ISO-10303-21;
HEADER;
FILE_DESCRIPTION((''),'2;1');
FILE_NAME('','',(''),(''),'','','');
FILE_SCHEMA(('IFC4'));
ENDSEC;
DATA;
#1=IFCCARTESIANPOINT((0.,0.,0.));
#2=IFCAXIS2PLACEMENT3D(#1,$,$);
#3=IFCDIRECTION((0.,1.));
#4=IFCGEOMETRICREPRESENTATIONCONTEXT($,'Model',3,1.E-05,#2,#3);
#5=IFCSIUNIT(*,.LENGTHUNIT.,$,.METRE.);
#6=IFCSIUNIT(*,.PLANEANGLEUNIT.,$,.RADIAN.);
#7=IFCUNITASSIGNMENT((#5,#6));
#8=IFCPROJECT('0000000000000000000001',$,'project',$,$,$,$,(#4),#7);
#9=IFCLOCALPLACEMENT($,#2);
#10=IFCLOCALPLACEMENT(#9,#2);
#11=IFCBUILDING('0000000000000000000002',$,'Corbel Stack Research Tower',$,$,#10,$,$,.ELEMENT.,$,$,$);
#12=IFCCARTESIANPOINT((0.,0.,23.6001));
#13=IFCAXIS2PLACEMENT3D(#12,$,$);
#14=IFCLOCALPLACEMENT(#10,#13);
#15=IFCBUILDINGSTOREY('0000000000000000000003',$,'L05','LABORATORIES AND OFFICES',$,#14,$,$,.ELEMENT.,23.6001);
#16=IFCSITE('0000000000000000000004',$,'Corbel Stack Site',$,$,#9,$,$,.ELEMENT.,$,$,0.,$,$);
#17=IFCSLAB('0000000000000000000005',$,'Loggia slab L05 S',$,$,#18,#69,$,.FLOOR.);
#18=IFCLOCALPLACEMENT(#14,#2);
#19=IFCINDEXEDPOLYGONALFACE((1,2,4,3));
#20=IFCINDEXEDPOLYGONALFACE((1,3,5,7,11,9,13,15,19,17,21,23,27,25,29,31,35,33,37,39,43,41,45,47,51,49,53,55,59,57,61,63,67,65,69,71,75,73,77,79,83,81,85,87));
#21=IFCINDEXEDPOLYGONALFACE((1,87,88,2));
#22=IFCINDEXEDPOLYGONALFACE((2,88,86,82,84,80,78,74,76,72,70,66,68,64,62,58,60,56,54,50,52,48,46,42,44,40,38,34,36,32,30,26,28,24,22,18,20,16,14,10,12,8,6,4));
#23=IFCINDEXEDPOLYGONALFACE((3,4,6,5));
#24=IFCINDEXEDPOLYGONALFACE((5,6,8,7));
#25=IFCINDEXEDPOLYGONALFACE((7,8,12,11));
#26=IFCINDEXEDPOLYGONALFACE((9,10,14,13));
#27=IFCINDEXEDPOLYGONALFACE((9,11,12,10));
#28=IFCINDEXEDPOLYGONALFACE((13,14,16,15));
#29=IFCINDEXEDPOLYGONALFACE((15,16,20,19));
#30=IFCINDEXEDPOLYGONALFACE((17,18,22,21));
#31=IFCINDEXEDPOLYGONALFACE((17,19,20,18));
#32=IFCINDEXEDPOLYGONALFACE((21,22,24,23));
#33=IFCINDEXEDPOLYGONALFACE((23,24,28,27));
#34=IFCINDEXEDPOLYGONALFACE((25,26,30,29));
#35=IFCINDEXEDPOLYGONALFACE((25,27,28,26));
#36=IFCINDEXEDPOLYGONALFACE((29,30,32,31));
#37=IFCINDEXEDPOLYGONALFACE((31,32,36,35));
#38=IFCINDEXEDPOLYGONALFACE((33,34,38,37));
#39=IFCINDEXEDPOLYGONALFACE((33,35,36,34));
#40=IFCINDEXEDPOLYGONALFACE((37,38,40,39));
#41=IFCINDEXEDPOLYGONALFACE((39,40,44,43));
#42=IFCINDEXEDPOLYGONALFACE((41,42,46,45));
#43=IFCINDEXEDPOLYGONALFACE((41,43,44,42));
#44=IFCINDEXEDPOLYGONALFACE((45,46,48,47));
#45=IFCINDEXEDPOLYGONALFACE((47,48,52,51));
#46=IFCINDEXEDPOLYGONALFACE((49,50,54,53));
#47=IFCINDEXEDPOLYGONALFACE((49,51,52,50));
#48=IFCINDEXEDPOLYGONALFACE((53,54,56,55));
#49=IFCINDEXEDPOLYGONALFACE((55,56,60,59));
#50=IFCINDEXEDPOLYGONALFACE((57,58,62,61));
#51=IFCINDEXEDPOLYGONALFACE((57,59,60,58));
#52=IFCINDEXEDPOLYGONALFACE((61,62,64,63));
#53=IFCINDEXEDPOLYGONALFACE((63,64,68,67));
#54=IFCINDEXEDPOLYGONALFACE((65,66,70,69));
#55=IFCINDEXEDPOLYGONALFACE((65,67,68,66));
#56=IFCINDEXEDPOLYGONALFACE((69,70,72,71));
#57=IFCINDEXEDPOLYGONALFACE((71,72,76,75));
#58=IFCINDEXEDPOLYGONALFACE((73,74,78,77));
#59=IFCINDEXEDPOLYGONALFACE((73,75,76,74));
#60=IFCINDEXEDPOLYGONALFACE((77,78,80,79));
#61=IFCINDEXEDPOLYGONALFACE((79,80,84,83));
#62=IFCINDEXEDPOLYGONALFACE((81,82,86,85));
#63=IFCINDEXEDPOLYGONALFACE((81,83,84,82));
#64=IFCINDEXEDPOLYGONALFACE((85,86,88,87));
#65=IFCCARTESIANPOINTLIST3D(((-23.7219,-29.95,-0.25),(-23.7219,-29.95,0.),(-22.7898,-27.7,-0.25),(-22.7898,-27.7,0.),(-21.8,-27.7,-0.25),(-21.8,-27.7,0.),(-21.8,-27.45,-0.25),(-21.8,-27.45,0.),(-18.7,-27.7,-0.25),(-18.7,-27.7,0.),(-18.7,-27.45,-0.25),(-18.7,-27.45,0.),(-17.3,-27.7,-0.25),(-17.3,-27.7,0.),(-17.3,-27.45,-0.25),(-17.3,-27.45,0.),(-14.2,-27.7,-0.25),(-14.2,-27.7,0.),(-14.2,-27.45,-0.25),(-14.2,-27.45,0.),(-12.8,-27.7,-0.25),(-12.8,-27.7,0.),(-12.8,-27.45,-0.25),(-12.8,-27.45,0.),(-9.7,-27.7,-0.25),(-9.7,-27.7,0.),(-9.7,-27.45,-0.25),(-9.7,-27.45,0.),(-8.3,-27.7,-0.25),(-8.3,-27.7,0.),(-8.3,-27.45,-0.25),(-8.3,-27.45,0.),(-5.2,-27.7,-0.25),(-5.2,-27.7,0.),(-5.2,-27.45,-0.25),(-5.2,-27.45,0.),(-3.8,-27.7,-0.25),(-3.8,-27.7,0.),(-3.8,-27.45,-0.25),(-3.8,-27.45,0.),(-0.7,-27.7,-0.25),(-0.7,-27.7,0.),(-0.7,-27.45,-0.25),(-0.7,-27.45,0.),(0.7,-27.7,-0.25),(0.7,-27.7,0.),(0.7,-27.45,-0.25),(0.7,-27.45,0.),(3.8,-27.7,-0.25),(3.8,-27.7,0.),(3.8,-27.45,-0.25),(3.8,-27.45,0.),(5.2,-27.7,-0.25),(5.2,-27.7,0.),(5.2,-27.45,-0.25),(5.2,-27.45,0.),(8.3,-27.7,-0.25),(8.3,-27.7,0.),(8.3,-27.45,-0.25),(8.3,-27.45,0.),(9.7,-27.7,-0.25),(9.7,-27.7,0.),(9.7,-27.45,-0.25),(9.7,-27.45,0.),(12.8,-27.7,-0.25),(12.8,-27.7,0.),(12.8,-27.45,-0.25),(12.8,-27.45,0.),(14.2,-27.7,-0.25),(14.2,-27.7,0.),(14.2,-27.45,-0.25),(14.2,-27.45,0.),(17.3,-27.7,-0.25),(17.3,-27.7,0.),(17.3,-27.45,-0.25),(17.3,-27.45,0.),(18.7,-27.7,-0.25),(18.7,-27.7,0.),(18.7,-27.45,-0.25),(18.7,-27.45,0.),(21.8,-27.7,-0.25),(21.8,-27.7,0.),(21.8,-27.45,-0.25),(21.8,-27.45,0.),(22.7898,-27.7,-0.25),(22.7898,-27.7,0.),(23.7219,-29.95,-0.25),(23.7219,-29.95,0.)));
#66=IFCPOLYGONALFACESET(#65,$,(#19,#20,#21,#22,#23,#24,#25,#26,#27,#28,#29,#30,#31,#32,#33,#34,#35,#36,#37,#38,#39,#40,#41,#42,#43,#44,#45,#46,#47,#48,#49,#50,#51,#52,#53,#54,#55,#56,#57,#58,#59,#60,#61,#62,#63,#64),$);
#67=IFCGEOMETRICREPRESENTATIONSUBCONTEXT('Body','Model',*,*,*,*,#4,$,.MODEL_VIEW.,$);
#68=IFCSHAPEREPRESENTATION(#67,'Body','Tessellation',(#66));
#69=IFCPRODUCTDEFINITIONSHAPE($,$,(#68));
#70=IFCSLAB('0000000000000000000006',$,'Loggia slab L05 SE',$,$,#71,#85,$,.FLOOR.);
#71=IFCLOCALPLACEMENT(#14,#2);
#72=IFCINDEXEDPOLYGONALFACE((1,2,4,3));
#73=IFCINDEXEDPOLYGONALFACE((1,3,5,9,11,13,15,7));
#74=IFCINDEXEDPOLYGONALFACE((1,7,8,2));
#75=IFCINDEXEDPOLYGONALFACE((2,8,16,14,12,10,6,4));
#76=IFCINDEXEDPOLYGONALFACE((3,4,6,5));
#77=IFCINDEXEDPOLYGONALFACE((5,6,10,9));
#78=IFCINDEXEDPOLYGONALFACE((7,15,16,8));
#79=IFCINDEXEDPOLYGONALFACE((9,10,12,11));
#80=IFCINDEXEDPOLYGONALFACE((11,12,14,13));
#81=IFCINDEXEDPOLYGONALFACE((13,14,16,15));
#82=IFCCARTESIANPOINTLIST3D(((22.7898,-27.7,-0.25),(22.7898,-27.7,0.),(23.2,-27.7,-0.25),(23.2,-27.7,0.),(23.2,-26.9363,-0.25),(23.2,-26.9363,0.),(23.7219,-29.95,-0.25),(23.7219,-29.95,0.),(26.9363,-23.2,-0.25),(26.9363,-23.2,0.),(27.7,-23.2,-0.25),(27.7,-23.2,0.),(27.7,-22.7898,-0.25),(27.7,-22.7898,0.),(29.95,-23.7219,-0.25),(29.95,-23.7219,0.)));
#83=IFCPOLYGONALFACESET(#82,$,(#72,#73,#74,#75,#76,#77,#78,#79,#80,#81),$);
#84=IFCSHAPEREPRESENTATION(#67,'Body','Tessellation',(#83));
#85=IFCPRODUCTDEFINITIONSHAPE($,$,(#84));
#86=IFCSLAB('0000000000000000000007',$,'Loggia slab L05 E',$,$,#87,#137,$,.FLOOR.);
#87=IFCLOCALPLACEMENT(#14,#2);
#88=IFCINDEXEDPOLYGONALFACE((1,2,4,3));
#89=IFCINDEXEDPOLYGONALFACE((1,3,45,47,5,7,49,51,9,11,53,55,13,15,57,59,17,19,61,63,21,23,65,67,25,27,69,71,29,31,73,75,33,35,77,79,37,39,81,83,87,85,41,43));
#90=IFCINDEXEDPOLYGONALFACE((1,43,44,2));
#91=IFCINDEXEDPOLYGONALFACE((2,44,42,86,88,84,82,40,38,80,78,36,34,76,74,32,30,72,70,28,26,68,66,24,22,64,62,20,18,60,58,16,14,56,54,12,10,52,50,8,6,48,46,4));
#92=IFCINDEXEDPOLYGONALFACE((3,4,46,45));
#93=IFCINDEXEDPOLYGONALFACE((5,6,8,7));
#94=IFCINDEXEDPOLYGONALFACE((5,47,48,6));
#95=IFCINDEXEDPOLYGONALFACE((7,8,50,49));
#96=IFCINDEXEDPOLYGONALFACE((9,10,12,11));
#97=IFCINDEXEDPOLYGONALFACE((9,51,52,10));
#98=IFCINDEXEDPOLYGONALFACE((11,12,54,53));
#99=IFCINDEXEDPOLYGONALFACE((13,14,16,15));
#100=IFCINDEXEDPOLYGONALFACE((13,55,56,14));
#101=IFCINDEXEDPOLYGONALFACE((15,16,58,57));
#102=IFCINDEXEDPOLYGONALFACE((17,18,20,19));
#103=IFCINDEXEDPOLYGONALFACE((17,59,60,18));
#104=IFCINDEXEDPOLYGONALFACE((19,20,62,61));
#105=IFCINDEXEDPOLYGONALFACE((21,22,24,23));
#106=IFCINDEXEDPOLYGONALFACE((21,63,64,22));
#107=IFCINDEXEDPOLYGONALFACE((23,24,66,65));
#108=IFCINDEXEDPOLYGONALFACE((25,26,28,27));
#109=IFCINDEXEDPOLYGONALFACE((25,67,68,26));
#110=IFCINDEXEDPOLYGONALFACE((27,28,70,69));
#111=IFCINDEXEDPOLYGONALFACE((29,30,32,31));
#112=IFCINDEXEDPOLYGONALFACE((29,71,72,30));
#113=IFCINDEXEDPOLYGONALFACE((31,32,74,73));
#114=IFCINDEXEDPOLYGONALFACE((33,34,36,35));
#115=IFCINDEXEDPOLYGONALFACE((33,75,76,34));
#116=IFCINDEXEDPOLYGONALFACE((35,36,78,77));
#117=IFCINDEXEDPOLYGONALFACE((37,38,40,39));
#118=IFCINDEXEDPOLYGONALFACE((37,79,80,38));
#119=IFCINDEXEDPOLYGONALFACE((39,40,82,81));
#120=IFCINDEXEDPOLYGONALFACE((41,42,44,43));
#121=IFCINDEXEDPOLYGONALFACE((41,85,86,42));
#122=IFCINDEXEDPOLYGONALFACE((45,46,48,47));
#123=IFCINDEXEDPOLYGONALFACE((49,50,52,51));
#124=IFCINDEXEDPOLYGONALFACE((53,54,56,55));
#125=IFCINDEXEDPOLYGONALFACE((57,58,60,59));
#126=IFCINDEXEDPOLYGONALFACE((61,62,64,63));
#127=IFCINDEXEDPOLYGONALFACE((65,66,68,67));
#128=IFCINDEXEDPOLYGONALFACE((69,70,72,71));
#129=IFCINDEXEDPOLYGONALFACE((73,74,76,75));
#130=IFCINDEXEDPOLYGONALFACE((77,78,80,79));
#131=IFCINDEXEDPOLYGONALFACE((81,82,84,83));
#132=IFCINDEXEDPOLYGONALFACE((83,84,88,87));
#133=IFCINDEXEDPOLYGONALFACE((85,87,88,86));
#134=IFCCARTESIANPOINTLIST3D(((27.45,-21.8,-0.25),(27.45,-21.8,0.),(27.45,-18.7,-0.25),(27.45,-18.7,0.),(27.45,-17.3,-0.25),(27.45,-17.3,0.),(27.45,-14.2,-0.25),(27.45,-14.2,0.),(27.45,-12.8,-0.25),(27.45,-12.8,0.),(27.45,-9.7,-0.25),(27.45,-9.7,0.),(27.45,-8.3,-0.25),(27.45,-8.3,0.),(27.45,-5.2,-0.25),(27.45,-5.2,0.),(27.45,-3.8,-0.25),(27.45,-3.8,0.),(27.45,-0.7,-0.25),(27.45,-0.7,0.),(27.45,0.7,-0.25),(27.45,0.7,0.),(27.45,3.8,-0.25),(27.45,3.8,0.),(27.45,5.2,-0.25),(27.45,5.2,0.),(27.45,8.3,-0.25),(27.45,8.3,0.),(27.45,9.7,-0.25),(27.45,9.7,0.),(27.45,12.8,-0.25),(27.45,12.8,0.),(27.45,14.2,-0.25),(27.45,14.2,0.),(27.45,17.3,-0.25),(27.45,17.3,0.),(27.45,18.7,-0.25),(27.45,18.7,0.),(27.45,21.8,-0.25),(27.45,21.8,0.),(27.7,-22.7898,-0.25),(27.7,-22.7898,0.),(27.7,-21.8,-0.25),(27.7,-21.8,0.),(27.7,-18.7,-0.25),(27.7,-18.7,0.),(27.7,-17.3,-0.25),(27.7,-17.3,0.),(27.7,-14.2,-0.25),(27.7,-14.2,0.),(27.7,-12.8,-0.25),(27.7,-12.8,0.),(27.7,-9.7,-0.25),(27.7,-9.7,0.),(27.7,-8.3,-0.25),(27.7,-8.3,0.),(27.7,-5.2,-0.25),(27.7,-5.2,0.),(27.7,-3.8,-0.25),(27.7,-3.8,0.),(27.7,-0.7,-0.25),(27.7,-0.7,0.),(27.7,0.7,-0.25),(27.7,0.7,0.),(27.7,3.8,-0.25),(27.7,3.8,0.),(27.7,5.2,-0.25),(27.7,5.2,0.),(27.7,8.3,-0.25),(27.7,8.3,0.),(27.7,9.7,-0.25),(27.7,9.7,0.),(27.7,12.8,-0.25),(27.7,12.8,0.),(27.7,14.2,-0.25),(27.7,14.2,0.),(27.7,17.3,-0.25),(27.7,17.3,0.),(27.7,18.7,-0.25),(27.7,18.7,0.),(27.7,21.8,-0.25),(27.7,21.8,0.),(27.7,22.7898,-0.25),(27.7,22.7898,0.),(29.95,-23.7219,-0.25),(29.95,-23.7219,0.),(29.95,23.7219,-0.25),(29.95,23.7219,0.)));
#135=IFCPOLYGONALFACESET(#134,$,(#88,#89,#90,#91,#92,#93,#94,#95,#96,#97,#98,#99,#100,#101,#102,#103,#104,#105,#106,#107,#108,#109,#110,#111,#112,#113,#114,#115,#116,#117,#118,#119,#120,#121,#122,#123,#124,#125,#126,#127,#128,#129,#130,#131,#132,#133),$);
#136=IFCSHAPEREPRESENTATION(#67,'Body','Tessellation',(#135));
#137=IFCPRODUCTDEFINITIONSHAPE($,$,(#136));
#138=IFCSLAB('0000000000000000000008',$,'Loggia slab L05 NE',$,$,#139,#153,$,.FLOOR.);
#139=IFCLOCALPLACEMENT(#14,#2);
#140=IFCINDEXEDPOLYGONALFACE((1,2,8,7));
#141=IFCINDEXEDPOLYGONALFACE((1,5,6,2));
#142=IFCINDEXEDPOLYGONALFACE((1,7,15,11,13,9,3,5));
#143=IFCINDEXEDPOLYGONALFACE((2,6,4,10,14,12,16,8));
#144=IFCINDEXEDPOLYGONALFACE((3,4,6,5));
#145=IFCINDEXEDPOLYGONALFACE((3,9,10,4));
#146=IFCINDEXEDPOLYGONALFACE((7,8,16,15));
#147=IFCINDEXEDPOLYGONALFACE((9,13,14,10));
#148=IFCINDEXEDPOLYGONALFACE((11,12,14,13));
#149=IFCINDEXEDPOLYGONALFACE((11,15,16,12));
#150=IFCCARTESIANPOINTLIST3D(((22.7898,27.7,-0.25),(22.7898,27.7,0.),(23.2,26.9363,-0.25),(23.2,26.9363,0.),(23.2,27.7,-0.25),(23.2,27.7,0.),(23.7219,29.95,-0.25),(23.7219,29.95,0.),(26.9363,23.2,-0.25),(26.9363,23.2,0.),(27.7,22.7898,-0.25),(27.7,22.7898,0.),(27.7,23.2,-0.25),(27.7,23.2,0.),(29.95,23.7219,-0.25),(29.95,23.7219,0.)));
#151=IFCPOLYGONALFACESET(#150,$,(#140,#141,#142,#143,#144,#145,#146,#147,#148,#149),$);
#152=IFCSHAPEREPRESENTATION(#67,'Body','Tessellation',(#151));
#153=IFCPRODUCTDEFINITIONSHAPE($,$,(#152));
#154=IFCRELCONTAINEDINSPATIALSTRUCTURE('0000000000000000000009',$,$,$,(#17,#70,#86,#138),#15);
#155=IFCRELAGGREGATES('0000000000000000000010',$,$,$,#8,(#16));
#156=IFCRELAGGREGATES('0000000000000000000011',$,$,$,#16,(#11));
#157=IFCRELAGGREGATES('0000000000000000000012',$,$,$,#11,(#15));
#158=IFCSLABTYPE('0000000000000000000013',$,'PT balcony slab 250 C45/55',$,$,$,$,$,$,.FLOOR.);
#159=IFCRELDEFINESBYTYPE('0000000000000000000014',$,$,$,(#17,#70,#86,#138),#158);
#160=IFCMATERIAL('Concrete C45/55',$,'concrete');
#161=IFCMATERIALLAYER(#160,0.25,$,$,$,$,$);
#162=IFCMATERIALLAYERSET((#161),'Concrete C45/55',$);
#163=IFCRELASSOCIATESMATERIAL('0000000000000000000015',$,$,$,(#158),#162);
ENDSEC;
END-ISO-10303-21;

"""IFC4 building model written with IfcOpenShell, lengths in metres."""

from ifc_helpers import new_model, si_unit, direction, frame, origin, place, context, subcontext, project, spatial, polyline, outline, extrude, material, layer, layer_set, type_object, element, save


model = new_model("IFC4")

# Units and contexts
model_context = context("Model", 3, precision=1e-05, world=origin(), true_north=direction((0.0, 1.0)))
body_context = subcontext(model_context, "Body", "Model", "MODEL_VIEW")
ifc_project = project(units=[si_unit("LENGTHUNIT", "METRE"), si_unit("PLANEANGLEUNIT", "RADIAN")], contexts=[model_context])

# Site, building, storey
site_placement = place(None, origin())
site = spatial("IfcSite", under=ifc_project, at=site_placement, Name="Corbel Stack Site", CompositionType="ELEMENT", RefElevation=0.0)
building_placement = place(site_placement, origin())
building = spatial("IfcBuilding", under=site, at=building_placement, Name="Corbel Stack Research Tower", CompositionType="ELEMENT")
storey_placement = place(building_placement, frame((0.0, 0.0, 23.6001)))
storey = spatial("IfcBuildingStorey", under=building, at=storey_placement, Name="L05", Description="LABORATORIES AND OFFICES", CompositionType="ELEMENT", Elevation=23.6001)

# Slabs
ifc_material_1 = material(Name="Concrete C45/55", Category="concrete")
ifc_layer_1 = layer(ifc_material_1, 0.25)
ifc_layer_set_1 = layer_set([ifc_layer_1], Name="Concrete C45/55")
slab_type_1 = type_object("IfcSlabType", Name="PT balcony slab 250 C45/55", PredefinedType="FLOOR", material=ifc_layer_set_1)
slab_1_placement = place(storey_placement, frame((0.0, 0.0, -0.25)))
element("IfcSlab", 1, at=slab_1_placement, inside=storey, type_object=slab_type_1, Name="Loggia slab L05 S", PredefinedType="FLOOR", context=body_context, shape_type="SweptSolid", body=[
    extrude(outline(polyline([(22.7898, -27.7), (21.8, -27.7), (21.8, -27.45), (18.7, -27.45), (18.7, -27.7), (17.3, -27.7), (17.3, -27.45), (14.2, -27.45), (14.2, -27.7), (12.8, -27.7), (12.8, -27.45), (9.7, -27.45), (9.7, -27.7), (8.3, -27.7), (8.3, -27.45), (5.2, -27.45), (5.2, -27.7), (3.8, -27.7), (3.8, -27.45), (0.7, -27.45), (0.7, -27.7), (-0.7, -27.7), (-0.7, -27.45), (-3.8, -27.45), (-3.8, -27.7), (-5.2, -27.7), (-5.2, -27.45), (-8.3, -27.45), (-8.3, -27.7), (-9.7, -27.7), (-9.7, -27.45), (-12.8, -27.45), (-12.8, -27.7), (-14.2, -27.7), (-14.2, -27.45), (-17.3, -27.45), (-17.3, -27.7), (-18.7, -27.7), (-18.7, -27.45), (-21.8, -27.45), (-21.8, -27.7), (-22.7898, -27.7), (-23.7219, -29.95), (23.7219, -29.95), (22.7898, -27.7)])), origin(), (0.0, 0.0, 1.0), 0.25),
])
slab_2_placement = place(storey_placement, frame((0.0, 0.0, -0.25)))
element("IfcSlab", 2, at=slab_2_placement, inside=storey, type_object=slab_type_1, Name="Loggia slab L05 SE", PredefinedType="FLOOR", context=body_context, shape_type="SweptSolid", body=[
    extrude(outline(polyline([(27.7, -22.7898), (27.7, -23.2), (26.9363, -23.2), (23.2, -26.9363), (23.2, -27.7), (22.7898, -27.7), (23.7219, -29.95), (29.95, -23.7219), (27.7, -22.7898)])), origin(), (0.0, 0.0, 1.0), 0.25),
])
slab_3_placement = place(storey_placement, frame((0.0, 0.0, -0.25)))
element("IfcSlab", 3, at=slab_3_placement, inside=storey, type_object=slab_type_1, Name="Loggia slab L05 E", PredefinedType="FLOOR", context=body_context, shape_type="SweptSolid", body=[
    extrude(outline(polyline([(27.7, 22.7898), (27.7, 21.8), (27.45, 21.8), (27.45, 18.7), (27.7, 18.7), (27.7, 17.3), (27.45, 17.3), (27.45, 14.2), (27.7, 14.2), (27.7, 12.8), (27.45, 12.8), (27.45, 9.7), (27.7, 9.7), (27.7, 8.3), (27.45, 8.3), (27.45, 5.2), (27.7, 5.2), (27.7, 3.8), (27.45, 3.8), (27.45, 0.7), (27.7, 0.7), (27.7, -0.7), (27.45, -0.7), (27.45, -3.8), (27.7, -3.8), (27.7, -5.2), (27.45, -5.2), (27.45, -8.3), (27.7, -8.3), (27.7, -9.7), (27.45, -9.7), (27.45, -12.8), (27.7, -12.8), (27.7, -14.2), (27.45, -14.2), (27.45, -17.3), (27.7, -17.3), (27.7, -18.7), (27.45, -18.7), (27.45, -21.8), (27.7, -21.8), (27.7, -22.7898), (29.95, -23.7219), (29.95, 23.7219), (27.7, 22.7898)])), origin(), (0.0, 0.0, 1.0), 0.25),
])
slab_4_placement = place(storey_placement, frame((0.0, 0.0, -0.25)))
element("IfcSlab", 4, at=slab_4_placement, inside=storey, type_object=slab_type_1, Name="Loggia slab L05 NE", PredefinedType="FLOOR", context=body_context, shape_type="SweptSolid", body=[
    extrude(outline(polyline([(22.7898, 27.7), (23.2, 27.7), (23.2, 26.9363), (26.9363, 23.2), (27.7, 23.2), (27.7, 22.7898), (29.95, 23.7219), (23.7219, 29.95), (22.7898, 27.7)])), origin(), (0.0, 0.0, 1.0), 0.25),
])

save(model, "model.ifc")
